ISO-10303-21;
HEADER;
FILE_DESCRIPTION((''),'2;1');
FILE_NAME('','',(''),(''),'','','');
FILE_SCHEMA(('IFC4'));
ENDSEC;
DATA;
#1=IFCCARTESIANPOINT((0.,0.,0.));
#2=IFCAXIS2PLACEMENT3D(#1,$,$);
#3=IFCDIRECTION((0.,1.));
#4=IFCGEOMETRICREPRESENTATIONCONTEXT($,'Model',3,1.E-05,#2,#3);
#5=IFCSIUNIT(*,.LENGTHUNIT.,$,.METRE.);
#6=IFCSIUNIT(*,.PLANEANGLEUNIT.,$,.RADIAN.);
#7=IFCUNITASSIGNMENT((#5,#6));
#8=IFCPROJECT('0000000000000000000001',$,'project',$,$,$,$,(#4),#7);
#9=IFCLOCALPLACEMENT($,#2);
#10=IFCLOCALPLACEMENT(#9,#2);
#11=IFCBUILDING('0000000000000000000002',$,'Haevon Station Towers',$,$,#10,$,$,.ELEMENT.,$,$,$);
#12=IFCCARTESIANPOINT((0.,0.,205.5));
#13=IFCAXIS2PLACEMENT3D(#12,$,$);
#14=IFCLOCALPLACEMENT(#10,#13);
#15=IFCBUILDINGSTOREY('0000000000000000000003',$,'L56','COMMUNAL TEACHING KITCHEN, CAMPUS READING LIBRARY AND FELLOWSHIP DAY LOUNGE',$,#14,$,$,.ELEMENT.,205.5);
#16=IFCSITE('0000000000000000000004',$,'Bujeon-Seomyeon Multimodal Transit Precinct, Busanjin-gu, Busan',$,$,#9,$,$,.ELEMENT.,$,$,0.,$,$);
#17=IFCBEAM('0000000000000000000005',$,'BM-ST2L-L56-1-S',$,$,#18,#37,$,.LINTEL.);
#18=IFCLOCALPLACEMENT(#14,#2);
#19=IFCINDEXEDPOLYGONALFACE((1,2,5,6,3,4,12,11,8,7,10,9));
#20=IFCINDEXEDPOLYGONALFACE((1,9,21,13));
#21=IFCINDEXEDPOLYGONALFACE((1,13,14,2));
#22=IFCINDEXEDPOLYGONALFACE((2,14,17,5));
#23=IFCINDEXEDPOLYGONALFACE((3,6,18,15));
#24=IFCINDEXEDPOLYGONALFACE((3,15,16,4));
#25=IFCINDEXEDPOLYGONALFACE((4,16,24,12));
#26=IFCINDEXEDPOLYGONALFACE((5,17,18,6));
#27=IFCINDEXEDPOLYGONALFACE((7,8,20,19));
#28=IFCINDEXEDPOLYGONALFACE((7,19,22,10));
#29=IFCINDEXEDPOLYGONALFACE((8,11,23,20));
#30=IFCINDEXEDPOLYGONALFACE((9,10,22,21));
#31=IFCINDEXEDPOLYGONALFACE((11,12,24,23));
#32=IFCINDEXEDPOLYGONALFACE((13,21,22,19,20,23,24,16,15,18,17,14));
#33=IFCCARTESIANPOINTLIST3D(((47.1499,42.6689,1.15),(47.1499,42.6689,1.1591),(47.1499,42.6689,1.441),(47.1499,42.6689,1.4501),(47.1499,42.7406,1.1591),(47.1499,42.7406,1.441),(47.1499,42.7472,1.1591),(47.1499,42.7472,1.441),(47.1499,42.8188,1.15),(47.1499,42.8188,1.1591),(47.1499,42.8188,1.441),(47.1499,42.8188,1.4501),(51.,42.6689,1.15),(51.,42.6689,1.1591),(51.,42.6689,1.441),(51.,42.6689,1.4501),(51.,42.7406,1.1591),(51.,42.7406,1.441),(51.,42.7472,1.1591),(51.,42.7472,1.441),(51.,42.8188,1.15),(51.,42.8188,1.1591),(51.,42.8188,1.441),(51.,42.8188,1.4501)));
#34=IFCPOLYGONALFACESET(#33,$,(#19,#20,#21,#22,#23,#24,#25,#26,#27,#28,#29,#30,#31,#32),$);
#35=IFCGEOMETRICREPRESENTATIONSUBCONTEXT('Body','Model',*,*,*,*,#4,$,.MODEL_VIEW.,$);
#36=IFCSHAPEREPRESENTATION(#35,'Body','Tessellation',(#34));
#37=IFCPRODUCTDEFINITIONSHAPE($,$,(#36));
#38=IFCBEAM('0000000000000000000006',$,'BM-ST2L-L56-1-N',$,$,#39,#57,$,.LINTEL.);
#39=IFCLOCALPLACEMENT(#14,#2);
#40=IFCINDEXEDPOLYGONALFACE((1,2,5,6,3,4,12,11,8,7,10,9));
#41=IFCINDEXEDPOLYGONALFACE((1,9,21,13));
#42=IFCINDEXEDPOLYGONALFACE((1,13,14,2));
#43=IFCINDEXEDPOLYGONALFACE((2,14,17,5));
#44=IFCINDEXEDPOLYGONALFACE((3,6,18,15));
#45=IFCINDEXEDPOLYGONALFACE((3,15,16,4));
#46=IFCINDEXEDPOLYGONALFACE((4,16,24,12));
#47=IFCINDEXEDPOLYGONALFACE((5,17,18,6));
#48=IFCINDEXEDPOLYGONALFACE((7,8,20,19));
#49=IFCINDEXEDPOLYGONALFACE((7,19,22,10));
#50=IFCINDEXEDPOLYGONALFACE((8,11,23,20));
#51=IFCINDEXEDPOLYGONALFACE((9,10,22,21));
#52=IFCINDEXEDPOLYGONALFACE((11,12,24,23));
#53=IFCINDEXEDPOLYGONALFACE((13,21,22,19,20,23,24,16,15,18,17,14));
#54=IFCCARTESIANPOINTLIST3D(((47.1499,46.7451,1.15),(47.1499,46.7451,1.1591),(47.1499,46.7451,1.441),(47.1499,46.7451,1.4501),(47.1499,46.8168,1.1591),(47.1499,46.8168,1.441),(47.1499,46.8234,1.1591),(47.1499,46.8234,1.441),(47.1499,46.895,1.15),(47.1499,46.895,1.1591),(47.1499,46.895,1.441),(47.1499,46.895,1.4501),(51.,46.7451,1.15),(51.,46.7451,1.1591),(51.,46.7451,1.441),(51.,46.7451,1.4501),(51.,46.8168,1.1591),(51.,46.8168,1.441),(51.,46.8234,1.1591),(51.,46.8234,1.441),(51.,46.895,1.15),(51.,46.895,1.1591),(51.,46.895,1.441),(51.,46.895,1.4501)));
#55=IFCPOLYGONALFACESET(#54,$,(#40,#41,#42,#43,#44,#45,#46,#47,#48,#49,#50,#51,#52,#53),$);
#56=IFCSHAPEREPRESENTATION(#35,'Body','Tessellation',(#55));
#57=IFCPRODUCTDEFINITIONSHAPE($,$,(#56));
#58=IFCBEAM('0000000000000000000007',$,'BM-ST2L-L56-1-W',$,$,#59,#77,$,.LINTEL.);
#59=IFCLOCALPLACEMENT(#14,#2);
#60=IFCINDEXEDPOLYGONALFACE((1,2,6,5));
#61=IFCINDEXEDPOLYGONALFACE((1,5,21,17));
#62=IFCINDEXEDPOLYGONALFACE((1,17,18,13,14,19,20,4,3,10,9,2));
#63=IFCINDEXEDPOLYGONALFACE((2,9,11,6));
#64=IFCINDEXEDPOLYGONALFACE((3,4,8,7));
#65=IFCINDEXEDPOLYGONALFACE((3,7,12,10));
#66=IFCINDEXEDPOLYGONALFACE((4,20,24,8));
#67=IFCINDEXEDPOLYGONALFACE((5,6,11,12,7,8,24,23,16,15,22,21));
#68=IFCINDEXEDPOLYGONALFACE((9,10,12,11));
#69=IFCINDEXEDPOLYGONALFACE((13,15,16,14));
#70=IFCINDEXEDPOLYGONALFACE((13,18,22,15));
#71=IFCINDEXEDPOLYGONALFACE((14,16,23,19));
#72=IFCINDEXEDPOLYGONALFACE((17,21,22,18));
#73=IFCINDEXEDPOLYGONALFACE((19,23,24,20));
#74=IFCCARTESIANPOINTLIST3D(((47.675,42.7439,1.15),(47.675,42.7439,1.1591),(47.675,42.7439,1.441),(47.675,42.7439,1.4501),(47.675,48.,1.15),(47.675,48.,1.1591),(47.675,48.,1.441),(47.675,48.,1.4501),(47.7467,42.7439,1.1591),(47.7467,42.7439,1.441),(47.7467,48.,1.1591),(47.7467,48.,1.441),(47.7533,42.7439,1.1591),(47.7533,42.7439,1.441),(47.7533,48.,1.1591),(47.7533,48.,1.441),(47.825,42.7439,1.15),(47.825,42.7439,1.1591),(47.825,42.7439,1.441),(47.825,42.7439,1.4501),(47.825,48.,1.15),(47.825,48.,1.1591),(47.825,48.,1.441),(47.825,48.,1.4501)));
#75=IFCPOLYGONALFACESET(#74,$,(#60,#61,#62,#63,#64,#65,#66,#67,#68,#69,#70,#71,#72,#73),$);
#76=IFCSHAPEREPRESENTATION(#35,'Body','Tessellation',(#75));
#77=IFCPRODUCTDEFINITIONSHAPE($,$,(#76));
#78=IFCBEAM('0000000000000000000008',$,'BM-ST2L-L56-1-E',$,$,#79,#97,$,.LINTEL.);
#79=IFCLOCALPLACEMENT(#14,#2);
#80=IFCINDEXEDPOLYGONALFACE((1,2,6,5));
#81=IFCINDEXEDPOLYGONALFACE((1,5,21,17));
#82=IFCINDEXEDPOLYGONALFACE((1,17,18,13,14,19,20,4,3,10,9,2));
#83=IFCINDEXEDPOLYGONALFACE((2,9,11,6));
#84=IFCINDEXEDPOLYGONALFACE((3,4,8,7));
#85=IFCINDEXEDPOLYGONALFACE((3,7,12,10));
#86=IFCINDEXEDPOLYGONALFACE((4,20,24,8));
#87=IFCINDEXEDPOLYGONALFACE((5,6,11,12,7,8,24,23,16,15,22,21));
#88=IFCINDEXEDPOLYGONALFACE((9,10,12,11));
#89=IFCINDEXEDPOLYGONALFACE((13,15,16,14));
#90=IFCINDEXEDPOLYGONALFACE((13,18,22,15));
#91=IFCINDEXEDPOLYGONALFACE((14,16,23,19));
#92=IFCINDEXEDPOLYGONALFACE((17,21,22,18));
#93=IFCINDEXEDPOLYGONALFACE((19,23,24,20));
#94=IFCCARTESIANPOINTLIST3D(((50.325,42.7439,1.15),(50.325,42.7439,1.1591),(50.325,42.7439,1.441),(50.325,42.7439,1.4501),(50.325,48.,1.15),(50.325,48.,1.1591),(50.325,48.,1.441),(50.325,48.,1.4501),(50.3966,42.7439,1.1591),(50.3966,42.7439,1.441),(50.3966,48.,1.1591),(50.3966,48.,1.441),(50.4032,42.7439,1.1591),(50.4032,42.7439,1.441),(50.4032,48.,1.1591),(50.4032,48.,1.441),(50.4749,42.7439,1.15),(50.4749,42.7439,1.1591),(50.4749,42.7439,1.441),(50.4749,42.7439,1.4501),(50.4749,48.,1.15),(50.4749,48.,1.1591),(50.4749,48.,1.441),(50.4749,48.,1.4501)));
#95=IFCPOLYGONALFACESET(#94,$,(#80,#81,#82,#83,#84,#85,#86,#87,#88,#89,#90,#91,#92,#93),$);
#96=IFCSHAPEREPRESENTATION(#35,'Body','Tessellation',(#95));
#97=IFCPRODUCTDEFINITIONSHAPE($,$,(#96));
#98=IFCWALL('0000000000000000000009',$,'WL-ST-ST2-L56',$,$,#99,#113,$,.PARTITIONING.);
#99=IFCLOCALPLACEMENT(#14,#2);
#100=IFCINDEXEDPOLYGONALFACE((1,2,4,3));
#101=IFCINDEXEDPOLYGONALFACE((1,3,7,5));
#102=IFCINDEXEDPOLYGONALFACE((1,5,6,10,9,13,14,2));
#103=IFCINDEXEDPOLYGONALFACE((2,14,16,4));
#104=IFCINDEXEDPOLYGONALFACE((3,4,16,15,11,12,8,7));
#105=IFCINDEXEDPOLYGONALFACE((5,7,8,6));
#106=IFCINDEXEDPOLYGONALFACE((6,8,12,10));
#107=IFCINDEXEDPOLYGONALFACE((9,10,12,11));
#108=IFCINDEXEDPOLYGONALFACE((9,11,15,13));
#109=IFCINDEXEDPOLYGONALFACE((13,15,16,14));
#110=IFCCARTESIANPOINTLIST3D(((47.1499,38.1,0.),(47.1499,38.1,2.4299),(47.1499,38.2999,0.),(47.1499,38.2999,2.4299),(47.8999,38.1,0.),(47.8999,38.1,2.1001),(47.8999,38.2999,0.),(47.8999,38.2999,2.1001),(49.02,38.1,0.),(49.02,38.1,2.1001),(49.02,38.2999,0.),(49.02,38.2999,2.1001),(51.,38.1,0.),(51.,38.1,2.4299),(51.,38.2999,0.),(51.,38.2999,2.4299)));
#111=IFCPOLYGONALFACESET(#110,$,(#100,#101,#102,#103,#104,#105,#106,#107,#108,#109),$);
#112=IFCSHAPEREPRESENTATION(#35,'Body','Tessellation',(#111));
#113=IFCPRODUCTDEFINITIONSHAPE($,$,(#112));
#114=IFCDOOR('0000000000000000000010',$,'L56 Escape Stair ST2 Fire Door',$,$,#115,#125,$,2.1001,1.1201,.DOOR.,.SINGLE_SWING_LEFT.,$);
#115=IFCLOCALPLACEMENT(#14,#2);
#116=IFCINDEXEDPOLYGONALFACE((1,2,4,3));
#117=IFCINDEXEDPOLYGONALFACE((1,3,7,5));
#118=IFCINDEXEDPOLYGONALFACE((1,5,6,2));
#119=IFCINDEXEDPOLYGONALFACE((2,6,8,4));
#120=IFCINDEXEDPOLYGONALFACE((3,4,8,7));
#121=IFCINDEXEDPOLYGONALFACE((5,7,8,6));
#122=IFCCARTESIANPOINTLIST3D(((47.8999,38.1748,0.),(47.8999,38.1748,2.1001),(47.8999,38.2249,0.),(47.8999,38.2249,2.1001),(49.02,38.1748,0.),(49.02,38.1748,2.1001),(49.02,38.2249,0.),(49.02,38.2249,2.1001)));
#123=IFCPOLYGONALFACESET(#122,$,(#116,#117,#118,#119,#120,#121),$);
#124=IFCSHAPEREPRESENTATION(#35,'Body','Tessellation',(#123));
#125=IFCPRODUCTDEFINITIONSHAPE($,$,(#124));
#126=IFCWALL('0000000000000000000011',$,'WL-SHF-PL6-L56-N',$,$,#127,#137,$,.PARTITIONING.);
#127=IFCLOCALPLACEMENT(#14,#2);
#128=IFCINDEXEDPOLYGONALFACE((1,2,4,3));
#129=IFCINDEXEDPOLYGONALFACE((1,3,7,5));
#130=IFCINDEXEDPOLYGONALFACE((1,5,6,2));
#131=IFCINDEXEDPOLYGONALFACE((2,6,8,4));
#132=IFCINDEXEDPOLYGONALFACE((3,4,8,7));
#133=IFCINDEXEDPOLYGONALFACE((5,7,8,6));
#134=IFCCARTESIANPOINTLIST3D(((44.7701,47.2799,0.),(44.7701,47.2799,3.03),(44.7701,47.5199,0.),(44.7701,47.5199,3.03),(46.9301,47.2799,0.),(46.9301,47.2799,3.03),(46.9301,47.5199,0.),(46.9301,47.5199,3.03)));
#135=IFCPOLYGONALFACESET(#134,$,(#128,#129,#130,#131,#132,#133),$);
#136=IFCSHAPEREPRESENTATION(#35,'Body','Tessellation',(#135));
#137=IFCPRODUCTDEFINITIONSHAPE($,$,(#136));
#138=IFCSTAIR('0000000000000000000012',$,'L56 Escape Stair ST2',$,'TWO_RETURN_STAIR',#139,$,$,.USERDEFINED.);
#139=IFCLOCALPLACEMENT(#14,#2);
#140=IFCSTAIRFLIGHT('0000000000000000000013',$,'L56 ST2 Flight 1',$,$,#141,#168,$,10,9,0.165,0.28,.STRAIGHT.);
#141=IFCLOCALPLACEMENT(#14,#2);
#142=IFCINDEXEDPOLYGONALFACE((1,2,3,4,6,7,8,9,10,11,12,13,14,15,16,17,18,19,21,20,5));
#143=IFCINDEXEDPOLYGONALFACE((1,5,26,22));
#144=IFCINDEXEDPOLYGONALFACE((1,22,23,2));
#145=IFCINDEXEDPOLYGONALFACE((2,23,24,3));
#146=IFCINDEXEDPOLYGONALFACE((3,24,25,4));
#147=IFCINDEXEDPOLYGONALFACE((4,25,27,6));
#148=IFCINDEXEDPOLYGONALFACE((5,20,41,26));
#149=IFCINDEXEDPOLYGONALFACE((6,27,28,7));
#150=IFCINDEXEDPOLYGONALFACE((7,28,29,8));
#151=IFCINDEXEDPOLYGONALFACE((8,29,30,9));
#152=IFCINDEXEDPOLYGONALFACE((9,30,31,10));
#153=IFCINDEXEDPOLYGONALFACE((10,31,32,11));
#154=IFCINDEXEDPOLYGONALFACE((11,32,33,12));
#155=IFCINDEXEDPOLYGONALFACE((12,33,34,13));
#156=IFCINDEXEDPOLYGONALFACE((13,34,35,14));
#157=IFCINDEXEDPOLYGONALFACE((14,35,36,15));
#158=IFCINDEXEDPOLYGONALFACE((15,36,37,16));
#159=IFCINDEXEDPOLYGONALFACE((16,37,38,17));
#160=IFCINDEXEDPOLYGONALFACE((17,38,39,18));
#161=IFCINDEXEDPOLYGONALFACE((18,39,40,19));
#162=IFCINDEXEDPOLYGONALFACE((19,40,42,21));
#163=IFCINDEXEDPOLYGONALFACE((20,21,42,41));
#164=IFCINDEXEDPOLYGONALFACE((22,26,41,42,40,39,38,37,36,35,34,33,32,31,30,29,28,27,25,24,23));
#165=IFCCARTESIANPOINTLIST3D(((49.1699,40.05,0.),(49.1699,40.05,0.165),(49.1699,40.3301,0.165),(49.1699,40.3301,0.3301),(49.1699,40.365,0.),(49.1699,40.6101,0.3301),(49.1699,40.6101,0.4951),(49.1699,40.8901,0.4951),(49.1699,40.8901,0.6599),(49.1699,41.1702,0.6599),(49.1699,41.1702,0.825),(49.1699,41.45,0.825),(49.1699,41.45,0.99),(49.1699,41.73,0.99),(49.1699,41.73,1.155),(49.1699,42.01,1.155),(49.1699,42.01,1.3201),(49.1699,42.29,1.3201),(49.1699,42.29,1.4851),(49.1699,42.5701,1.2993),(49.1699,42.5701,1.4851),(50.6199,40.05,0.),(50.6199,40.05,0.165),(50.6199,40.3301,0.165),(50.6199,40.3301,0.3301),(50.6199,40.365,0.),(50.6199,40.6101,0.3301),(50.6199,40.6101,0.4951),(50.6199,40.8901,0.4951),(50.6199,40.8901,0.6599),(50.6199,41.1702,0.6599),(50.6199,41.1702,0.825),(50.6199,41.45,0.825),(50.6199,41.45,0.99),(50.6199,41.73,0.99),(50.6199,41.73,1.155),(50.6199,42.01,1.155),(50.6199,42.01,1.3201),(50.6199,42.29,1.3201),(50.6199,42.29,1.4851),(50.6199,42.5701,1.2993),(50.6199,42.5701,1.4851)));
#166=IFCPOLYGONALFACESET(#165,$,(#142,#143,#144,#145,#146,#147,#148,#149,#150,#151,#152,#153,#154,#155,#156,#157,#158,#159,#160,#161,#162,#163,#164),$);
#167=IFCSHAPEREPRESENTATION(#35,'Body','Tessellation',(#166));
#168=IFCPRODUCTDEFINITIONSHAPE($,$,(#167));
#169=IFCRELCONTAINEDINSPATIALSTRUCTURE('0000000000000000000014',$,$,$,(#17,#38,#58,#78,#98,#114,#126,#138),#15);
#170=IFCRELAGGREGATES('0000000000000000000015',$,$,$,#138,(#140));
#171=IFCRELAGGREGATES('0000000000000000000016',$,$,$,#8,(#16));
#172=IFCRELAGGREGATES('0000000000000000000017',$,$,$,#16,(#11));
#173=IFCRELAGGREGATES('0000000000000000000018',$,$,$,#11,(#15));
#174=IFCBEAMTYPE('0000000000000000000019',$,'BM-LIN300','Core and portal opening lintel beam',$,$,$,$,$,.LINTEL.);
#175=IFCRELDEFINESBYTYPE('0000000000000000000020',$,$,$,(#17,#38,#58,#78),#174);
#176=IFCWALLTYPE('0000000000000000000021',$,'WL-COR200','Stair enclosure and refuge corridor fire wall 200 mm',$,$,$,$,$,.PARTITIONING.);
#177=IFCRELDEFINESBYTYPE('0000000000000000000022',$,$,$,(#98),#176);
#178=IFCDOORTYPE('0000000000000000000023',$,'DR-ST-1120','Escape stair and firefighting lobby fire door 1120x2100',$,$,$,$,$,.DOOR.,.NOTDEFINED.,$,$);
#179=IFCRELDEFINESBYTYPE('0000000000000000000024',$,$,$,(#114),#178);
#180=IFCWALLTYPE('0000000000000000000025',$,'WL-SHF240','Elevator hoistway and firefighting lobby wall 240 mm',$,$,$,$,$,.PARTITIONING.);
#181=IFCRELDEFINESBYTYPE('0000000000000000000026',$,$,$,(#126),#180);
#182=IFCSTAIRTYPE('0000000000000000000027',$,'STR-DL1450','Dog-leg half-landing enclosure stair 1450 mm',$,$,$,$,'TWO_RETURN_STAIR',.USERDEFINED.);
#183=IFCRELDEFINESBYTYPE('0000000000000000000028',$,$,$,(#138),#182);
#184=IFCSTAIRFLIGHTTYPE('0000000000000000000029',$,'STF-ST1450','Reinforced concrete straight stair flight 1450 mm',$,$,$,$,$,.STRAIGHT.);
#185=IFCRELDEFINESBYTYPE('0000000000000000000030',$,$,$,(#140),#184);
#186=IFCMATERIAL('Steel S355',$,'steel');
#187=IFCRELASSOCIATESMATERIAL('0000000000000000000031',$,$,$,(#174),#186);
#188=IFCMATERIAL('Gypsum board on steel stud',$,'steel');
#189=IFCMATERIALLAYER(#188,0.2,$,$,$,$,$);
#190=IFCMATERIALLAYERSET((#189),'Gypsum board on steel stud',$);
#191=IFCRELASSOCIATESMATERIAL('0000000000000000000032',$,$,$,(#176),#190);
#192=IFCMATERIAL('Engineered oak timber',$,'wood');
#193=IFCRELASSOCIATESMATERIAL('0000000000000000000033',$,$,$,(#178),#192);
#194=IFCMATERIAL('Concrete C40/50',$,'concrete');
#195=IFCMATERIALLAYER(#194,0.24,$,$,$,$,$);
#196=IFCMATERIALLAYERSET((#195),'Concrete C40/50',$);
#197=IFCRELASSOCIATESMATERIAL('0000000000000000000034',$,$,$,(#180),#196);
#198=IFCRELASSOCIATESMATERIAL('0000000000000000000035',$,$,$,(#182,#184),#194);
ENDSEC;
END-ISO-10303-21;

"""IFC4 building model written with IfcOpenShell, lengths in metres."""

from ifc_helpers import new_model, si_unit, direction, frame, frame_2d, origin, origin_2d, place, context, subcontext, project, spatial, polyline, rectangle, i_section, outline, extrude, material, layer, layer_set, material_profile, profile_set, type_object, element, fill, aggregate, save


model = new_model("IFC4")

# Units and contexts
model_context = context("Model", 3, precision=1e-05, world=origin(), true_north=direction((0.0, 1.0)))
body_context = subcontext(model_context, "Body", "Model", "MODEL_VIEW")
ifc_project = project(units=[si_unit("LENGTHUNIT", "METRE"), si_unit("PLANEANGLEUNIT", "RADIAN")], contexts=[model_context])

# Site, building, storey
site_placement = place(None, origin())
site = spatial("IfcSite", under=ifc_project, at=site_placement, Name="Bujeon-Seomyeon Multimodal Transit Precinct, Busanjin-gu, Busan", CompositionType="ELEMENT", RefElevation=0.0)
building_placement = place(site_placement, origin())
building = spatial("IfcBuilding", under=site, at=building_placement, Name="Haevon Station Towers", CompositionType="ELEMENT")
storey_placement = place(building_placement, frame((0.0, 0.0, 205.5)))
storey = spatial("IfcBuildingStorey", under=building, at=storey_placement, Name="L56", Description="COMMUNAL TEACHING KITCHEN, CAMPUS READING LIBRARY AND FELLOWSHIP DAY LOUNGE", CompositionType="ELEMENT", Elevation=205.5)

# Beams
ifc_material_1 = material(Name="Steel S355", Category="steel")
ifc_material_profile = material_profile(ifc_material_1, i_section(OverallWidth=0.1499, OverallDepth=0.3, WebThickness=0.0066, FlangeThickness=0.009, at=origin_2d()), Name="H-300x150x6.5x9")
ifc_profile_set = profile_set([ifc_material_profile], Name="Steel S355")
beam_type = type_object("IfcBeamType", Name="BM-LIN300", Description="Core and portal opening lintel beam", PredefinedType="LINTEL", material=ifc_profile_set)
for number, where, z_axis, x_axis, name in (
    (1, (47.1499, 42.7439, 1.3), (1.0, 0.0, 0.0), (0.0, 1.0, 0.0), "BM-ST2L-L56-1-S"),
    (2, (47.1499, 46.8201, 1.3), (1.0, 0.0, 0.0), (0.0, 1.0, 0.0), "BM-ST2L-L56-1-N"),
):
    element("IfcBeam", number, at=place(storey_placement, frame(where, z_axis=z_axis, x_axis=x_axis)), inside=storey, type_object=beam_type, Name=name, PredefinedType="LINTEL", context=body_context, shape_type="SweptSolid", body=[
        extrude(i_section(OverallWidth=0.1499, OverallDepth=0.3, WebThickness=0.0066, FlangeThickness=0.009, at=origin_2d()), origin(), (0.0, 0.0, 1.0), 3.8501),
    ])
for number, where, z_axis, x_axis, name in (
    (3, (47.75, 42.7439, 1.3), (0.0, 1.0, 0.0), (-1.0, 0.0, 0.0), "BM-ST2L-L56-1-W"),
    (4, (50.3999, 42.7439, 1.3), (0.0, 1.0, 0.0), (-1.0, 0.0, 0.0), "BM-ST2L-L56-1-E"),
):
    element("IfcBeam", number, at=place(storey_placement, frame(where, z_axis=z_axis, x_axis=x_axis)), inside=storey, type_object=beam_type, Name=name, PredefinedType="LINTEL", context=body_context, shape_type="SweptSolid", body=[
        extrude(i_section(OverallWidth=0.1499, OverallDepth=0.3, WebThickness=0.0066, FlangeThickness=0.009, at=origin_2d()), origin(), (0.0, 0.0, 1.0), 5.2561),
    ])

# Wall, opening, door
ifc_material_2 = material(Name="Gypsum board on steel stud", Category="steel")
ifc_layer_1 = layer(ifc_material_2, 0.2)
ifc_layer_set_1 = layer_set([ifc_layer_1], Name="Gypsum board on steel stud")
wall_type_1 = type_object("IfcWallType", Name="WL-COR200", Description="Stair enclosure and refuge corridor fire wall 200 mm", PredefinedType="PARTITIONING", material=ifc_layer_set_1)
wall_1_placement = place(storey_placement, frame((47.1499, 38.2, 0.0), z_axis=(0.0, 0.0, 1.0), x_axis=(1.0, 0.0, 0.0)))
wall_1 = element("IfcWall", 5, at=wall_1_placement, inside=storey, type_object=wall_type_1, Name="WL-ST-ST2-L56", PredefinedType="PARTITIONING", context=body_context, shape_type="SweptSolid", body=[
    extrude(rectangle(XDim=3.8501, YDim=0.2, at=frame_2d((1.925, 0.0))), origin(), (0.0, 0.0, 1.0), 2.4299),
])
opening_placement = place(wall_1_placement, frame((0.75, 0.0, 0.0)))
opening = element("IfcOpeningElement", 6, at=opening_placement, cuts=wall_1, PredefinedType="OPENING", context=body_context, shape_type="SweptSolid", body=[
    extrude(rectangle(XDim=1.1201, YDim=2.1001, at=frame_2d((0.5601, 1.05))), frame((0.0, 0.1099, 0.0), z_axis=(0.0, -1.0, 0.0), x_axis=(1.0, 0.0, 0.0)), (0.0, 0.0, 1.0), 0.22),
])
ifc_material_3 = material(Name="Engineered oak timber", Category="wood")
door_type = type_object("IfcDoorType", Name="DR-ST-1120", Description="Escape stair and firefighting lobby fire door 1120x2100", OperationType="NOTDEFINED", PredefinedType="DOOR", material=ifc_material_3)
door_placement = place(opening_placement, origin())
door = element("IfcDoor", 7, at=door_placement, inside=storey, type_object=door_type, Name="L56 Escape Stair ST2 Fire Door", OperationType="SINGLE_SWING_LEFT", OverallHeight=2.1001, OverallWidth=1.1201, PredefinedType="DOOR", context=body_context, shape_type="SweptSolid", body=[
    extrude(rectangle(XDim=1.1201, YDim=2.1001, at=frame_2d((0.5601, 1.05))), frame((0.0, 0.0249, 0.0), z_axis=(0.0, -1.0, 0.0), x_axis=(1.0, 0.0, 0.0)), (0.0, 0.0, 1.0), 0.05),
])
fill(opening, door)

# Wall
ifc_material_4 = material(Name="Concrete C40/50", Category="concrete")
ifc_layer_2 = layer(ifc_material_4, 0.24)
ifc_layer_set_2 = layer_set([ifc_layer_2], Name="Concrete C40/50")
wall_type_2 = type_object("IfcWallType", Name="WL-SHF240", Description="Elevator hoistway and firefighting lobby wall 240 mm", PredefinedType="PARTITIONING", material=ifc_layer_set_2)
wall_2_placement = place(storey_placement, frame((44.77, 47.3999, 0.0), z_axis=(0.0, 0.0, 1.0), x_axis=(1.0, 0.0, 0.0)))
element("IfcWall", 8, at=wall_2_placement, inside=storey, type_object=wall_type_2, Name="WL-SHF-PL6-L56-N", PredefinedType="PARTITIONING", context=body_context, shape_type="SweptSolid", body=[
    extrude(rectangle(XDim=2.1599, YDim=0.24, at=frame_2d((1.0801, 0.0))), origin(), (0.0, 0.0, 1.0), 3.03),
])

# Stair, stair flight
stair_type = type_object("IfcStairType", Name="STR-DL1450", Description="Dog-leg half-landing enclosure stair 1450 mm", ElementType="TWO_RETURN_STAIR", PredefinedType="USERDEFINED", material=ifc_material_4)
stair_placement = place(storey_placement, origin())
stair = element("IfcStair", 9, at=stair_placement, inside=storey, type_object=stair_type, Name="L56 Escape Stair ST2", ObjectType="TWO_RETURN_STAIR", PredefinedType="USERDEFINED")
stair_flight_type = type_object("IfcStairFlightType", Name="STF-ST1450", Description="Reinforced concrete straight stair flight 1450 mm", PredefinedType="STRAIGHT", material=ifc_material_4)
stair_flight_1_placement = place(storey_placement, frame((49.895, 40.05, 0.0), z_axis=(0.0, 0.0, 1.0), x_axis=(0.0, 1.0, 0.0)))
stair_flight_1 = element("IfcStairFlight", 10, at=stair_flight_1_placement, type_object=stair_flight_type, Name="L56 ST2 Flight 1", NumberOfRisers=10, NumberOfTreads=9, PredefinedType="STRAIGHT", RiserHeight=0.165, TreadLength=0.28, context=body_context, shape_type="SweptSolid", body=[
    extrude(outline(polyline([(0.0, 0.0), (0.0, 0.165), (0.28, 0.165), (0.28, 0.3301), (0.5601, 0.3301), (0.5601, 0.4951), (0.8401, 0.4951), (0.8401, 0.6599), (1.1201, 0.6599), (1.1201, 0.825), (1.3999, 0.825), (1.3999, 0.99), (1.6799, 0.99), (1.6799, 1.155), (1.96, 1.155), (1.96, 1.3201), (2.24, 1.3201), (2.24, 1.4851), (2.52, 1.4851), (2.52, 1.6499), (2.52, 1.2993), (0.3149, 0.0), (0.0, 0.0)])), frame((0.0, 0.7251, 0.0), z_axis=(0.0, -1.0, 0.0), x_axis=(1.0, 0.0, 0.0)), (0.0, 0.0, 1.0), 1.45),
])
aggregate(stair, [stair_flight_1])

save(model, "model.ifc")
